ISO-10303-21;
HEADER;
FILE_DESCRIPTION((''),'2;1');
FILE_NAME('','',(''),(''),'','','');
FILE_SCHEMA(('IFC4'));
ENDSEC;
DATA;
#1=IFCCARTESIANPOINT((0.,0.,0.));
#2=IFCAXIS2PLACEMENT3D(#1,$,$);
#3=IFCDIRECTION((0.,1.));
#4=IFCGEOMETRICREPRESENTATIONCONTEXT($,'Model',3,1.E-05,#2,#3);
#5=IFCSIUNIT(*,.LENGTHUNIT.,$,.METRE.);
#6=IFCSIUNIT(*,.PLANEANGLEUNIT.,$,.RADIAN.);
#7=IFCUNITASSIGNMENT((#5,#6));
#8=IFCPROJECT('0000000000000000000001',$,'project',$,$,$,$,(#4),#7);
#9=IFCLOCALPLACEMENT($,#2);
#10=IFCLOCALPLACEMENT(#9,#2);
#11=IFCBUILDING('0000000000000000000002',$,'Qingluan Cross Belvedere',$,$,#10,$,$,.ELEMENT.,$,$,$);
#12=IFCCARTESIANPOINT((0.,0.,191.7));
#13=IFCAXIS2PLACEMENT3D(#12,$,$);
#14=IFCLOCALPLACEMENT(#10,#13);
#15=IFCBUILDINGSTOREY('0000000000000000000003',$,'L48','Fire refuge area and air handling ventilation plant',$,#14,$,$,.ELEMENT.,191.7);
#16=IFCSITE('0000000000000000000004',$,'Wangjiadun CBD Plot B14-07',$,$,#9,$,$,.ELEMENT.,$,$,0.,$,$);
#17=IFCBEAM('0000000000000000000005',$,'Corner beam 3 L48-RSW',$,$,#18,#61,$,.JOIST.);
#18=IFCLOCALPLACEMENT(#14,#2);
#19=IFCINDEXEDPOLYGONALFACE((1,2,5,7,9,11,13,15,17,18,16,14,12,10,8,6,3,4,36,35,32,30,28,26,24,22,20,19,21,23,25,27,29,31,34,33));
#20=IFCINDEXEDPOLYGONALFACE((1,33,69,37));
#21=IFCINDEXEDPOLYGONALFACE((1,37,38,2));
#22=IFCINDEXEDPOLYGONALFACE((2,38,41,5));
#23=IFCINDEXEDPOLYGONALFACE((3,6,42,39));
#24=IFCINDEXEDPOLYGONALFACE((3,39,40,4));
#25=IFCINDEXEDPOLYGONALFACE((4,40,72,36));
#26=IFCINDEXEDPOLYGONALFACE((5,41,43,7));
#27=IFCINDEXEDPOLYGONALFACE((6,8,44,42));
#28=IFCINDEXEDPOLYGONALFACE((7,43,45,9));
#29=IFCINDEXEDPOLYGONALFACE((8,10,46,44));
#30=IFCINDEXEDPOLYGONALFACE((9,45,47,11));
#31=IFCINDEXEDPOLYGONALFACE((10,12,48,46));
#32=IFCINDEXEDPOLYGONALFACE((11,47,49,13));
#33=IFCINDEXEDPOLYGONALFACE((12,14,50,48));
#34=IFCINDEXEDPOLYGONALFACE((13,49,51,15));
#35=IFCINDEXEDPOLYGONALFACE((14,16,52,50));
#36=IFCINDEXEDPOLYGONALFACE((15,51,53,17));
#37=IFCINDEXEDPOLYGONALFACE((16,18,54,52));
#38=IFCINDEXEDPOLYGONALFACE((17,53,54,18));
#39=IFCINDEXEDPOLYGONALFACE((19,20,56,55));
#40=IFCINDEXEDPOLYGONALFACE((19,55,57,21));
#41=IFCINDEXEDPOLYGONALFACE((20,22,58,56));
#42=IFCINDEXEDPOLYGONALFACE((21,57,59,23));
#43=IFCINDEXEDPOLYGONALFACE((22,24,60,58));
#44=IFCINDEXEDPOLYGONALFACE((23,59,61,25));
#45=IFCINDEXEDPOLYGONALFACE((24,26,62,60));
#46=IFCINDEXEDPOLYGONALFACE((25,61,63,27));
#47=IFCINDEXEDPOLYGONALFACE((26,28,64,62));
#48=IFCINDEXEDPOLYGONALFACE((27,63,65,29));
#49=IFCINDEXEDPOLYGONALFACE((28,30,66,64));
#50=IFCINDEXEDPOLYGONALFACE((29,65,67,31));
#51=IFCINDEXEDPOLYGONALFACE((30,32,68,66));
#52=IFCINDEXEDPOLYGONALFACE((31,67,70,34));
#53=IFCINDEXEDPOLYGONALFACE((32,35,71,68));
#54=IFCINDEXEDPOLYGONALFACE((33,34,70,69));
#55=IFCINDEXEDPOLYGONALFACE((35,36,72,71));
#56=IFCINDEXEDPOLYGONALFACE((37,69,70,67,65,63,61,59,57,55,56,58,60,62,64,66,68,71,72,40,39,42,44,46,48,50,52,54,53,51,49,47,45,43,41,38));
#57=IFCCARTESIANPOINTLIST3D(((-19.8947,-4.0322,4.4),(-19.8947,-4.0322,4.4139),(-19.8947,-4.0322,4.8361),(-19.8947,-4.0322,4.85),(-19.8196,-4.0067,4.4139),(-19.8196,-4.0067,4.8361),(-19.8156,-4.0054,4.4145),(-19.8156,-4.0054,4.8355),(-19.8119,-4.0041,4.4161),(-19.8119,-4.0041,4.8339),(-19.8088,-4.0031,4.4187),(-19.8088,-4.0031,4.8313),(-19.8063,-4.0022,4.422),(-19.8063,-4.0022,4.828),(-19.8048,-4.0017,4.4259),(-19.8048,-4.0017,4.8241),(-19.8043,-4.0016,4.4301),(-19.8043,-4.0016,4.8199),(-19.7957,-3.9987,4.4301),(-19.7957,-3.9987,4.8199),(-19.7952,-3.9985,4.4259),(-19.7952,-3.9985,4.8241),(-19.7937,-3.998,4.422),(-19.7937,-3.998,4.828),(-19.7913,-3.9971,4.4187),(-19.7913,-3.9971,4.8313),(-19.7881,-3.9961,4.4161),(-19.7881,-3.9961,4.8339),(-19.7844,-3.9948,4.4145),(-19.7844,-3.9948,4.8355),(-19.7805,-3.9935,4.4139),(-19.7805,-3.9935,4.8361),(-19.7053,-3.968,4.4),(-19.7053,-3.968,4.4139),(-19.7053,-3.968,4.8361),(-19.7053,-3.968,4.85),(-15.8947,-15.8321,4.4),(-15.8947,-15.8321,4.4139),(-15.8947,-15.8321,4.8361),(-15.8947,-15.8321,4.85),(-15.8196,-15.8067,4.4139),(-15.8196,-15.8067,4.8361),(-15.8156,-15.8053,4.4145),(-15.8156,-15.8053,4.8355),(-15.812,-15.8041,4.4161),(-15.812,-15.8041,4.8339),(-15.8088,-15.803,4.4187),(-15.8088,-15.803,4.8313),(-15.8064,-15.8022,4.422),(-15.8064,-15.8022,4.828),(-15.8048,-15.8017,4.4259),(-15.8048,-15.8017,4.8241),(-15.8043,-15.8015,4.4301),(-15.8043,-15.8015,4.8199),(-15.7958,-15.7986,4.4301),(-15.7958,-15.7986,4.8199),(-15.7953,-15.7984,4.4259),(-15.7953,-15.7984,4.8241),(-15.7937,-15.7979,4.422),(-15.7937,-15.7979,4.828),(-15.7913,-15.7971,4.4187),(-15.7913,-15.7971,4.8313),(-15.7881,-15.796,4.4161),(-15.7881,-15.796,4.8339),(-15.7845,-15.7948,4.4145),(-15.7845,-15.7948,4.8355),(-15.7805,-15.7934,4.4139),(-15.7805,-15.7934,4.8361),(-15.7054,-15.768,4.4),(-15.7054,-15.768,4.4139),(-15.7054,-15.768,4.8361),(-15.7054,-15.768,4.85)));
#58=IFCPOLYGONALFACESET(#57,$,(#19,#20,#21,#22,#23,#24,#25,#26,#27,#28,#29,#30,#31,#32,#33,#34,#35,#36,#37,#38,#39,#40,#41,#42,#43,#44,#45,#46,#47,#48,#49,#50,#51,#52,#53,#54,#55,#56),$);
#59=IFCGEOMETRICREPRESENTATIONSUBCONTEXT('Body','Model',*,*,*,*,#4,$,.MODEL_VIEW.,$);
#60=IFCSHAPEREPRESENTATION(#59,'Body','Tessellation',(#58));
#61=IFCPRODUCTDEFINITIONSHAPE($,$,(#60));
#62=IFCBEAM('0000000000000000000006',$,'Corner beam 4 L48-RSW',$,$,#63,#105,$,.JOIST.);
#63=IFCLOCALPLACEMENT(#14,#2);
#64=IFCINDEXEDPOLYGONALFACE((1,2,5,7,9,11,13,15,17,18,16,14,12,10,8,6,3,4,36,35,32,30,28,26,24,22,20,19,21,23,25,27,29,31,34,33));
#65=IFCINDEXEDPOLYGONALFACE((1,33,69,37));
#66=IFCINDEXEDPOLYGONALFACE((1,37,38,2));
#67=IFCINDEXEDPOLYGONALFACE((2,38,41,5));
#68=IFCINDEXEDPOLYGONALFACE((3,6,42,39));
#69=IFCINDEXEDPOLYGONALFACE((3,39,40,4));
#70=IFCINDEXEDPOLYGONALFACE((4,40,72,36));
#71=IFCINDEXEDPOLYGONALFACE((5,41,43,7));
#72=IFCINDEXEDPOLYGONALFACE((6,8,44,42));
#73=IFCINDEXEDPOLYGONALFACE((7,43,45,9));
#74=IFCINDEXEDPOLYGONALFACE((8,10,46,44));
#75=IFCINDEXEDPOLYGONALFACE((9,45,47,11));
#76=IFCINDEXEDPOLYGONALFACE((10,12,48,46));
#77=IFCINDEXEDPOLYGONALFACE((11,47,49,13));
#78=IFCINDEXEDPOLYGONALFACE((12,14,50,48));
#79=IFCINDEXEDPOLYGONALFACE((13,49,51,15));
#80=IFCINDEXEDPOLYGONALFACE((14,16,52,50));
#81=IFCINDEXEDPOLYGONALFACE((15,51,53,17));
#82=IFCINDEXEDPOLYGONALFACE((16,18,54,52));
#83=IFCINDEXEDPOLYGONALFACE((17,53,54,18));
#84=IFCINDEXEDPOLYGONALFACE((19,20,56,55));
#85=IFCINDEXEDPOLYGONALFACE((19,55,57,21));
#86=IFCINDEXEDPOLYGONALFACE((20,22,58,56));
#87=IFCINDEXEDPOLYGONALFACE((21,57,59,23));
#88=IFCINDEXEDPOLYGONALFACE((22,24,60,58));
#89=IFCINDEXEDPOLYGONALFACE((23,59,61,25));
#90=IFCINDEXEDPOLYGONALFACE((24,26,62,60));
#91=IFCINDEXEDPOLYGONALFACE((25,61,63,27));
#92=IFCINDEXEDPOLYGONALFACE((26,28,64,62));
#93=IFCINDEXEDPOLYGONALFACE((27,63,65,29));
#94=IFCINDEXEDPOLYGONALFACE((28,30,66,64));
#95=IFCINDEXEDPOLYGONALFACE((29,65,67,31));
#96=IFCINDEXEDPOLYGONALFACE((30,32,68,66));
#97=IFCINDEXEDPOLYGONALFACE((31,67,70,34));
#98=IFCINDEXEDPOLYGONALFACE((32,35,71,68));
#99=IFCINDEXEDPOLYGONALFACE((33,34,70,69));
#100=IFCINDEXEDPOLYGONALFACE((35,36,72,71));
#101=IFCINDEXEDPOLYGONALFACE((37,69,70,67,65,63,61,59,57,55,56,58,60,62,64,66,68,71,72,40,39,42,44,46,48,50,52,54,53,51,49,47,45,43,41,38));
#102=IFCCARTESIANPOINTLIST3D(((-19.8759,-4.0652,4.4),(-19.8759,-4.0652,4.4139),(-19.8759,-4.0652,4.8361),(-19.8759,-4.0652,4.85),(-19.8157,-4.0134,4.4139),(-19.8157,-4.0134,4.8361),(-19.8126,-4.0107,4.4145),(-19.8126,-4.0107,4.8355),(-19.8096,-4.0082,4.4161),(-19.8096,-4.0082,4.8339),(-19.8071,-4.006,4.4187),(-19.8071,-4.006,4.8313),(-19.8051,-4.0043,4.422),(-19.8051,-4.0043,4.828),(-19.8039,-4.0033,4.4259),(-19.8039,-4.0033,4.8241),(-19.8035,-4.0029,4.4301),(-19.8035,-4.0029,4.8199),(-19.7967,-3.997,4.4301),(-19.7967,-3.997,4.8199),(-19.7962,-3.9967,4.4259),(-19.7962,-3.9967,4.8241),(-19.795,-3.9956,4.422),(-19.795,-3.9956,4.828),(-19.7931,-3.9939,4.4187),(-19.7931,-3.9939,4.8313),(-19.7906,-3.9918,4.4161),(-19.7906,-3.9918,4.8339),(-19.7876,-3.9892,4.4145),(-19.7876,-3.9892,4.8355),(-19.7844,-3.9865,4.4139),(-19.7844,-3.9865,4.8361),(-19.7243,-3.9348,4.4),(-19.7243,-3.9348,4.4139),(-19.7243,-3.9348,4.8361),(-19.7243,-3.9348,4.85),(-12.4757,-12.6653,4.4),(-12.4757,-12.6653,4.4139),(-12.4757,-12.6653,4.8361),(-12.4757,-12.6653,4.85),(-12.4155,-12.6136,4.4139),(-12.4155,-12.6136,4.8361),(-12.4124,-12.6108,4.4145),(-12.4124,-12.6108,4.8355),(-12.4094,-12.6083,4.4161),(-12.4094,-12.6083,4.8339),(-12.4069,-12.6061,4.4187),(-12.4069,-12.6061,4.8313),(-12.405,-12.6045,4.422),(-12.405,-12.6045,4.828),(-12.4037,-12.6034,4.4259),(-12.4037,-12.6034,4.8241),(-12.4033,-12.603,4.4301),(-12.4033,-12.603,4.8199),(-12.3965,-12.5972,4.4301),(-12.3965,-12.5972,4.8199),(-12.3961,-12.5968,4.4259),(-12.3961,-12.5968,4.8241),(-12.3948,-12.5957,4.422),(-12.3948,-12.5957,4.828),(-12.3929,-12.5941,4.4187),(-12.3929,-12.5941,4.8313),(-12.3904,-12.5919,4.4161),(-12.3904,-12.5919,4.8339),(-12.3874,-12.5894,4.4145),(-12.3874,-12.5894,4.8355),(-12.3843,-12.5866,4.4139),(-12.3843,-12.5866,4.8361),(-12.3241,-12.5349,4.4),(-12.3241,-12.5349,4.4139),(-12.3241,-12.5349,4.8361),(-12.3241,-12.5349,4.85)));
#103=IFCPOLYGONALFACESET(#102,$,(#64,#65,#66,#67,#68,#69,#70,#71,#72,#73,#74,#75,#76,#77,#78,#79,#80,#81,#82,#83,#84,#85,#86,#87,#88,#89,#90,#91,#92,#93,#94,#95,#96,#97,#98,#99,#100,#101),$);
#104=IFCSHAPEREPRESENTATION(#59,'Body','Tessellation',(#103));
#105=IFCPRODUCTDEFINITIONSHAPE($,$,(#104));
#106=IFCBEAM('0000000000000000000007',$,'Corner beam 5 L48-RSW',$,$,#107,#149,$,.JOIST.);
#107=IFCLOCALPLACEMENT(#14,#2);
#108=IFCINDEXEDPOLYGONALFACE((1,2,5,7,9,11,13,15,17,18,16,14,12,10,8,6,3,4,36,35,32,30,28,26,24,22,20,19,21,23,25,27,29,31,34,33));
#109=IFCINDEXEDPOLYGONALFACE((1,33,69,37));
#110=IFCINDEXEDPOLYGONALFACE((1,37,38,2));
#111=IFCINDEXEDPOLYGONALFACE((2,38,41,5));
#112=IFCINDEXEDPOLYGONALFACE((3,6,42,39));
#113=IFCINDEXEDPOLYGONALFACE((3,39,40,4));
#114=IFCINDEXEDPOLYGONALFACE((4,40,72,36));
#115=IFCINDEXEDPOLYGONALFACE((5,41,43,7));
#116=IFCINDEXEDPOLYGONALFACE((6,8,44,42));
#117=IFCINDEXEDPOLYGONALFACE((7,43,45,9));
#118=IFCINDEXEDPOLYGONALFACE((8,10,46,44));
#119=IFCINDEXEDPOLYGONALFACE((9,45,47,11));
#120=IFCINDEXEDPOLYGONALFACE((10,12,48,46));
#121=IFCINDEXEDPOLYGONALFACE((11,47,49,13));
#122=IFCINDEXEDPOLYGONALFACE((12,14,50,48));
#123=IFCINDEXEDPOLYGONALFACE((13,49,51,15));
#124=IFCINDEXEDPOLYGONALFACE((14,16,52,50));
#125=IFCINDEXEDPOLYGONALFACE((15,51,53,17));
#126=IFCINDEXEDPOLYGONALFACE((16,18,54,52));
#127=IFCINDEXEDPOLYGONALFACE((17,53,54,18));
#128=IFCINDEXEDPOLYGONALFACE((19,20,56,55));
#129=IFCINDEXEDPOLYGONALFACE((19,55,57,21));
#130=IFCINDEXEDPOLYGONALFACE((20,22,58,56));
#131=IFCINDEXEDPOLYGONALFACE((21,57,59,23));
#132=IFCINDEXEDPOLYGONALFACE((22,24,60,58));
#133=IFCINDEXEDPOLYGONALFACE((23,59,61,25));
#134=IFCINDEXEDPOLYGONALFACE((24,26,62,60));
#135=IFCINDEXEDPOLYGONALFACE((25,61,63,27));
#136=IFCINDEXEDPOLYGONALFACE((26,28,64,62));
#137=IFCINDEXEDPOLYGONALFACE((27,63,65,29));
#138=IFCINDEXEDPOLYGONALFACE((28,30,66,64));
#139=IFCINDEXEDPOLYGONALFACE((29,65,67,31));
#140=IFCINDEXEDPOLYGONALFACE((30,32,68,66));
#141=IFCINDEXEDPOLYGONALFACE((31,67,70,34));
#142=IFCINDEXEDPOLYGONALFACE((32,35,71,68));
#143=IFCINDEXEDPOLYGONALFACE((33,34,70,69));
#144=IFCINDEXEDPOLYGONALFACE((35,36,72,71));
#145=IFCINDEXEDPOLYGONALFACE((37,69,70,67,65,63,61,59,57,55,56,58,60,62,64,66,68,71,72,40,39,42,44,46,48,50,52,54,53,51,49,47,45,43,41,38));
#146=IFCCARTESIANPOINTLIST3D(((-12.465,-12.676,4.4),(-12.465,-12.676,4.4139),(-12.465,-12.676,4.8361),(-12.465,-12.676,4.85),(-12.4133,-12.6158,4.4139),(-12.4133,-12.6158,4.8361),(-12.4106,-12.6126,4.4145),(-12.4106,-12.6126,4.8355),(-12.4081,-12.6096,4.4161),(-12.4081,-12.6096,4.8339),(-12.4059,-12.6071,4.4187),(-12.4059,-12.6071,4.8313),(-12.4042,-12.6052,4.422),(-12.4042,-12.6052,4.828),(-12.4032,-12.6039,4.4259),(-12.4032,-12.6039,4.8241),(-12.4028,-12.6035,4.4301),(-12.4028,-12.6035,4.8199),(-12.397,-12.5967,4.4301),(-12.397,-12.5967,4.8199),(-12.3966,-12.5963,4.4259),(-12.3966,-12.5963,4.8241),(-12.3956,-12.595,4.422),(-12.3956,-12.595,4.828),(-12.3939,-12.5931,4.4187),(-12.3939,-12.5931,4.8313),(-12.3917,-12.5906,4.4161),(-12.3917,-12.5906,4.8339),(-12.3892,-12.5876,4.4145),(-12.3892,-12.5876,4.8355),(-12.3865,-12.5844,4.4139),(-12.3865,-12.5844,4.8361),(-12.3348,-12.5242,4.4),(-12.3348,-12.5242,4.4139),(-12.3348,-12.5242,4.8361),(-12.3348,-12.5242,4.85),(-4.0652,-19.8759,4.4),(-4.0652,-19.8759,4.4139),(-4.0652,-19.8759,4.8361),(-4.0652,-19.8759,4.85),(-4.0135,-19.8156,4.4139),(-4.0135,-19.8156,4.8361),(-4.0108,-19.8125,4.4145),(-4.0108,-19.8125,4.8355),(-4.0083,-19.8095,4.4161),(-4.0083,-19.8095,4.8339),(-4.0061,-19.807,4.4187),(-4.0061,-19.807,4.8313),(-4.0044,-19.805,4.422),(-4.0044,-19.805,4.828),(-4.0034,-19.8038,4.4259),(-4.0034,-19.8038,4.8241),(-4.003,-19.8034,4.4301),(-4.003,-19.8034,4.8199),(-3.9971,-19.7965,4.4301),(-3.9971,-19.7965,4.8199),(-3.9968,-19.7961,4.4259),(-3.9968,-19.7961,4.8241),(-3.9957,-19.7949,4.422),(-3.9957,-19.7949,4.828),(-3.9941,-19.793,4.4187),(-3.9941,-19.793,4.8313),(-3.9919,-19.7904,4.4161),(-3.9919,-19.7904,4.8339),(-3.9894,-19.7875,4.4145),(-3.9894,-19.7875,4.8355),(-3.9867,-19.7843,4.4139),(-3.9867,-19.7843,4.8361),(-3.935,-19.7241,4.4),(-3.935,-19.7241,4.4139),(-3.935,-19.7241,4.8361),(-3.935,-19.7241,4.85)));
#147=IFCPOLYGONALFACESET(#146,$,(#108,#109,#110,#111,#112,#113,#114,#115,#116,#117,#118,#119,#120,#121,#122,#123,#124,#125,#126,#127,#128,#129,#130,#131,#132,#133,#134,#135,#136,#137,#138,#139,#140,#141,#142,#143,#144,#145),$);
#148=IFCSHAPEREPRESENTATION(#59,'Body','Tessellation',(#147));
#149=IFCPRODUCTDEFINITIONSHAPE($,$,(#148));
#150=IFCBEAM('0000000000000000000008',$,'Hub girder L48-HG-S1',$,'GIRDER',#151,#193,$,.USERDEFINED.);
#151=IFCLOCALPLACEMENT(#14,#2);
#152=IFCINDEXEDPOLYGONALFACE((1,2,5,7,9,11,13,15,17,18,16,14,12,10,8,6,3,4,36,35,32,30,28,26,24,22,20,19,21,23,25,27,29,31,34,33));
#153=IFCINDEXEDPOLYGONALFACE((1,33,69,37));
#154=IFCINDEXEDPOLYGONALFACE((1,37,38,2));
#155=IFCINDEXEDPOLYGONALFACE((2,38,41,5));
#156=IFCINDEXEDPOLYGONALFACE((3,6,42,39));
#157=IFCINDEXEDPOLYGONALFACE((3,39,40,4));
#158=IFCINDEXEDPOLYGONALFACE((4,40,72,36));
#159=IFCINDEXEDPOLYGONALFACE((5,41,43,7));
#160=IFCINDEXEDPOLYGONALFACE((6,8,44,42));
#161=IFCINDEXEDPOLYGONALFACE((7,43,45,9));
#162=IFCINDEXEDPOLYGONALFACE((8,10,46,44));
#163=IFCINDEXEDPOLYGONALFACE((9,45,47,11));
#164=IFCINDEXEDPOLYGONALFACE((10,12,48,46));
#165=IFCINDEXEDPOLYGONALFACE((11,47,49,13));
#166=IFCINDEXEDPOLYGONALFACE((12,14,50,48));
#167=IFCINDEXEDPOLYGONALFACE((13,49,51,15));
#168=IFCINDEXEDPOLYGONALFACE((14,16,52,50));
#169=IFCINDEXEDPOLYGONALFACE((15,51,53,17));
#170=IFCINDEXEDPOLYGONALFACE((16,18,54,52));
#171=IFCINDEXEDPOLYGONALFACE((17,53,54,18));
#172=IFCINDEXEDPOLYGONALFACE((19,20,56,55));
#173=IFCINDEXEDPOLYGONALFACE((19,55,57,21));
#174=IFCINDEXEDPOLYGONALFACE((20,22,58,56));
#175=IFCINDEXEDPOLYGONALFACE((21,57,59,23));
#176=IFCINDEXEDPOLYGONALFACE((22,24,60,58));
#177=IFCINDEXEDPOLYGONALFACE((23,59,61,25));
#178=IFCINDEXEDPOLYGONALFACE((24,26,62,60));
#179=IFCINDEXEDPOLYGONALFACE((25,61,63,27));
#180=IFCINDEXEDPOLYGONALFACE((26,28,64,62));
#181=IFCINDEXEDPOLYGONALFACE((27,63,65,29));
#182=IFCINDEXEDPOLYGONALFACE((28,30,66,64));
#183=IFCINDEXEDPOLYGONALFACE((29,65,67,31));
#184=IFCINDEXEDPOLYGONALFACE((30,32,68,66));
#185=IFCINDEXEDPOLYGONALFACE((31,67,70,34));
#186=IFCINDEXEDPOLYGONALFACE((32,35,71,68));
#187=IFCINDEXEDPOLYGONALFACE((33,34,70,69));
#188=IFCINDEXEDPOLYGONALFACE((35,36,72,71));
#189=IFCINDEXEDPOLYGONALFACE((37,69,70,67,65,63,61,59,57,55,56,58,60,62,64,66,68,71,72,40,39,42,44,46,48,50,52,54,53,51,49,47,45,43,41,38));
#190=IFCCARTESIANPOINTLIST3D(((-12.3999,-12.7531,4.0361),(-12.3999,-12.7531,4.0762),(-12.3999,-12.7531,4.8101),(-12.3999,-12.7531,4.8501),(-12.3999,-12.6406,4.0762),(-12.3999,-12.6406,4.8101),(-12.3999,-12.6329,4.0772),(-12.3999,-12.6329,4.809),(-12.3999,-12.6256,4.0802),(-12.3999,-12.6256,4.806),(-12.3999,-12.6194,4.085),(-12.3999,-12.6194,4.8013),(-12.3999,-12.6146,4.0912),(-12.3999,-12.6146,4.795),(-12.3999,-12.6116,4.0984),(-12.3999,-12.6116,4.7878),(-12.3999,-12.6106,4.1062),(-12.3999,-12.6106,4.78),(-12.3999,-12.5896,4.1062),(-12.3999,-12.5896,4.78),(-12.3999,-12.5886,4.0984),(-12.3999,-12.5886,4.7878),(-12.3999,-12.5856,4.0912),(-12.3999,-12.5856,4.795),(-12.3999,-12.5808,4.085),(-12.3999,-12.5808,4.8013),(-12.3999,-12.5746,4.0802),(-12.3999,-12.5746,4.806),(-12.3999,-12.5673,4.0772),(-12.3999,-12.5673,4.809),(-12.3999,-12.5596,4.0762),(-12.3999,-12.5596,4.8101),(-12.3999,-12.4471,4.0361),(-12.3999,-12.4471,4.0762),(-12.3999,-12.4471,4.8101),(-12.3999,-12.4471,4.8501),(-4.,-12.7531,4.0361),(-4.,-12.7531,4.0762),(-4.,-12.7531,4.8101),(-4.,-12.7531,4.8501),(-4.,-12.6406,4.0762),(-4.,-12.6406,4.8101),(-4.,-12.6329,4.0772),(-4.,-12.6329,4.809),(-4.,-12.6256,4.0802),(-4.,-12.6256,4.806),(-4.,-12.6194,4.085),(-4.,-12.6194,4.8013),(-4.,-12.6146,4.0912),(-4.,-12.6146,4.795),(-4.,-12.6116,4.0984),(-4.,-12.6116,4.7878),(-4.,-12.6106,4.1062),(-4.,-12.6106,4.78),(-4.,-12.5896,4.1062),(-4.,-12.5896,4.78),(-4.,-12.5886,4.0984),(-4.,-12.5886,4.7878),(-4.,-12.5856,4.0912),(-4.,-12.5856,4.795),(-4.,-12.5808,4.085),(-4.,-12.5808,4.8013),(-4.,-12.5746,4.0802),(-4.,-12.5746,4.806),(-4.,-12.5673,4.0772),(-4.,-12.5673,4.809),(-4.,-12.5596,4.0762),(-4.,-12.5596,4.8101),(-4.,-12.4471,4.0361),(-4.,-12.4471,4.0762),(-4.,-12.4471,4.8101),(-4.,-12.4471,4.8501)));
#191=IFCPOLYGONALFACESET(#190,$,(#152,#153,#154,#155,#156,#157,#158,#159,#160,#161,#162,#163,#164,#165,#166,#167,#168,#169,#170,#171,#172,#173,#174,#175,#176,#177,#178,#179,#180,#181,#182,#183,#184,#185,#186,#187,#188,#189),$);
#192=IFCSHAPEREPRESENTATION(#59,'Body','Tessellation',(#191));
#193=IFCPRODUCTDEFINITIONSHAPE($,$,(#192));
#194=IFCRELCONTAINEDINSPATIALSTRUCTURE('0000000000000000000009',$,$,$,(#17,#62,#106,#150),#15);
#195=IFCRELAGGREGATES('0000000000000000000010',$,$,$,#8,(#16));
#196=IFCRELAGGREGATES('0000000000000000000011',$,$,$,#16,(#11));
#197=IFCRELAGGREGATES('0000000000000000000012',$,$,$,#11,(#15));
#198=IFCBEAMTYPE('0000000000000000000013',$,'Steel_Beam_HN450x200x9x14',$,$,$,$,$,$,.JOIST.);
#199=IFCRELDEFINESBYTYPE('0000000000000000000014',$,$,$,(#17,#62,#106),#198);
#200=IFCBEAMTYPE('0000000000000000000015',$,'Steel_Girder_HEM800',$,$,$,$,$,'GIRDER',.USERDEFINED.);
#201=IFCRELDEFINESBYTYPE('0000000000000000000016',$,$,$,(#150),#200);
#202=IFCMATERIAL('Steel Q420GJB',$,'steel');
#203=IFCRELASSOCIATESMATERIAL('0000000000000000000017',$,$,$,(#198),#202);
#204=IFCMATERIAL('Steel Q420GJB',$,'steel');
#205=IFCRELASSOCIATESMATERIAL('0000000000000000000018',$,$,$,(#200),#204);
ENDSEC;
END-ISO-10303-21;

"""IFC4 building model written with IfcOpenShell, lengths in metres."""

from ifc_helpers import new_model, si_unit, direction, frame, origin, origin_2d, place, context, subcontext, project, spatial, i_section, extrude, material, material_profile, profile_set, type_object, element, save


model = new_model("IFC4")

# Units and contexts
model_context = context("Model", 3, precision=1e-05, world=origin(), true_north=direction((0.0, 1.0)))
body_context = subcontext(model_context, "Body", "Model", "MODEL_VIEW")
ifc_project = project(units=[si_unit("LENGTHUNIT", "METRE"), si_unit("PLANEANGLEUNIT", "RADIAN")], contexts=[model_context])

# Site, building, storey
site_placement = place(None, origin())
site = spatial("IfcSite", under=ifc_project, at=site_placement, Name="Wangjiadun CBD Plot B14-07", CompositionType="ELEMENT", RefElevation=0.0)
building_placement = place(site_placement, origin())
building = spatial("IfcBuilding", under=site, at=building_placement, Name="Qingluan Cross Belvedere", CompositionType="ELEMENT")
storey_placement = place(building_placement, frame((0.0, 0.0, 191.7)))
storey = spatial("IfcBuildingStorey", under=building, at=storey_placement, Name="L48", Description="Fire refuge area and air handling ventilation plant", CompositionType="ELEMENT", Elevation=191.7)

# Beams
ifc_material_1 = material(Name="Steel Q420GJB", Category="steel")
ifc_material_profile_1 = material_profile(ifc_material_1, i_section(OverallWidth=0.2, OverallDepth=0.45, WebThickness=0.009, FlangeThickness=0.0139, FilletRadius=0.0161, at=origin_2d()), Name="HN450x200x9x14")
ifc_profile_set_1 = profile_set([ifc_material_profile_1], Name="Steel Q420GJB")
beam_type_1 = type_object("IfcBeamType", Name="Steel_Beam_HN450x200x9x14", PredefinedType="JOIST", material=ifc_profile_set_1)
for number, where, z_axis, x_axis, name in (
    (1, (-15.8, -15.8, 4.625), (-0.321038, 0.947066, 0.0), (-0.947066, -0.321038, 0.0), "Corner beam 3 L48-RSW"),
):
    element("IfcBeam", number, at=place(storey_placement, frame(where, z_axis=z_axis, x_axis=x_axis)), inside=storey, type_object=beam_type_1, Name=name, PredefinedType="JOIST", context=body_context, shape_type="SweptSolid", body=[
        extrude(i_section(OverallWidth=0.2, OverallDepth=0.45, WebThickness=0.009, FlangeThickness=0.0139, FilletRadius=0.0161, at=origin_2d()), origin(), (0.0, 0.0, 1.0), 12.4595),
    ])
beam_1_placement = place(storey_placement, frame((-12.3999, -12.6001, 4.625), z_axis=(-0.652245, 0.758008, 0.0), x_axis=(-0.758008, -0.652245, 0.0)))
element("IfcBeam", 2, at=beam_1_placement, inside=storey, type_object=beam_type_1, Name="Corner beam 4 L48-RSW", PredefinedType="JOIST", context=body_context, shape_type="SweptSolid", body=[
    extrude(i_section(OverallWidth=0.2, OverallDepth=0.45, WebThickness=0.009, FlangeThickness=0.0139, FilletRadius=0.0161, at=origin_2d()), origin(), (0.0, 0.0, 1.0), 11.3457),
])
beam_2_placement = place(storey_placement, frame((-12.3999, -12.6001, 4.625), z_axis=(0.759255, -0.650793, 0.0), x_axis=(0.650793, 0.759255, 0.0)))
element("IfcBeam", 3, at=beam_2_placement, inside=storey, type_object=beam_type_1, Name="Corner beam 5 L48-RSW", PredefinedType="JOIST", context=body_context, shape_type="SweptSolid", body=[
    extrude(i_section(OverallWidth=0.2, OverallDepth=0.45, WebThickness=0.009, FlangeThickness=0.0139, FilletRadius=0.0161, at=origin_2d()), origin(), (0.0, 0.0, 1.0), 11.0632),
])
ifc_material_2 = material(Name="Steel Q420GJB", Category="steel")
ifc_material_profile_2 = material_profile(ifc_material_2, i_section(OverallWidth=0.3059, OverallDepth=0.814, WebThickness=0.021, FlangeThickness=0.04, FilletRadius=0.03, at=origin_2d()), Name="HEM800")
ifc_profile_set_2 = profile_set([ifc_material_profile_2], Name="Steel Q420GJB")
beam_type_2 = type_object("IfcBeamType", Name="Steel_Girder_HEM800", ElementType="GIRDER", PredefinedType="USERDEFINED", material=ifc_profile_set_2)
beam_3_placement = place(storey_placement, frame((-12.3999, -12.6001, 4.4431), z_axis=(1.0, 0.0, 0.0), x_axis=(0.0, 1.0, 0.0)))
element("IfcBeam", 4, at=beam_3_placement, inside=storey, type_object=beam_type_2, Name="Hub girder L48-HG-S1", ObjectType="GIRDER", PredefinedType="USERDEFINED", context=body_context, shape_type="SweptSolid", body=[
    extrude(i_section(OverallWidth=0.3059, OverallDepth=0.814, WebThickness=0.021, FlangeThickness=0.04, FilletRadius=0.03, at=origin_2d()), origin(), (0.0, 0.0, 1.0), 8.3999),
])

save(model, "model.ifc")
